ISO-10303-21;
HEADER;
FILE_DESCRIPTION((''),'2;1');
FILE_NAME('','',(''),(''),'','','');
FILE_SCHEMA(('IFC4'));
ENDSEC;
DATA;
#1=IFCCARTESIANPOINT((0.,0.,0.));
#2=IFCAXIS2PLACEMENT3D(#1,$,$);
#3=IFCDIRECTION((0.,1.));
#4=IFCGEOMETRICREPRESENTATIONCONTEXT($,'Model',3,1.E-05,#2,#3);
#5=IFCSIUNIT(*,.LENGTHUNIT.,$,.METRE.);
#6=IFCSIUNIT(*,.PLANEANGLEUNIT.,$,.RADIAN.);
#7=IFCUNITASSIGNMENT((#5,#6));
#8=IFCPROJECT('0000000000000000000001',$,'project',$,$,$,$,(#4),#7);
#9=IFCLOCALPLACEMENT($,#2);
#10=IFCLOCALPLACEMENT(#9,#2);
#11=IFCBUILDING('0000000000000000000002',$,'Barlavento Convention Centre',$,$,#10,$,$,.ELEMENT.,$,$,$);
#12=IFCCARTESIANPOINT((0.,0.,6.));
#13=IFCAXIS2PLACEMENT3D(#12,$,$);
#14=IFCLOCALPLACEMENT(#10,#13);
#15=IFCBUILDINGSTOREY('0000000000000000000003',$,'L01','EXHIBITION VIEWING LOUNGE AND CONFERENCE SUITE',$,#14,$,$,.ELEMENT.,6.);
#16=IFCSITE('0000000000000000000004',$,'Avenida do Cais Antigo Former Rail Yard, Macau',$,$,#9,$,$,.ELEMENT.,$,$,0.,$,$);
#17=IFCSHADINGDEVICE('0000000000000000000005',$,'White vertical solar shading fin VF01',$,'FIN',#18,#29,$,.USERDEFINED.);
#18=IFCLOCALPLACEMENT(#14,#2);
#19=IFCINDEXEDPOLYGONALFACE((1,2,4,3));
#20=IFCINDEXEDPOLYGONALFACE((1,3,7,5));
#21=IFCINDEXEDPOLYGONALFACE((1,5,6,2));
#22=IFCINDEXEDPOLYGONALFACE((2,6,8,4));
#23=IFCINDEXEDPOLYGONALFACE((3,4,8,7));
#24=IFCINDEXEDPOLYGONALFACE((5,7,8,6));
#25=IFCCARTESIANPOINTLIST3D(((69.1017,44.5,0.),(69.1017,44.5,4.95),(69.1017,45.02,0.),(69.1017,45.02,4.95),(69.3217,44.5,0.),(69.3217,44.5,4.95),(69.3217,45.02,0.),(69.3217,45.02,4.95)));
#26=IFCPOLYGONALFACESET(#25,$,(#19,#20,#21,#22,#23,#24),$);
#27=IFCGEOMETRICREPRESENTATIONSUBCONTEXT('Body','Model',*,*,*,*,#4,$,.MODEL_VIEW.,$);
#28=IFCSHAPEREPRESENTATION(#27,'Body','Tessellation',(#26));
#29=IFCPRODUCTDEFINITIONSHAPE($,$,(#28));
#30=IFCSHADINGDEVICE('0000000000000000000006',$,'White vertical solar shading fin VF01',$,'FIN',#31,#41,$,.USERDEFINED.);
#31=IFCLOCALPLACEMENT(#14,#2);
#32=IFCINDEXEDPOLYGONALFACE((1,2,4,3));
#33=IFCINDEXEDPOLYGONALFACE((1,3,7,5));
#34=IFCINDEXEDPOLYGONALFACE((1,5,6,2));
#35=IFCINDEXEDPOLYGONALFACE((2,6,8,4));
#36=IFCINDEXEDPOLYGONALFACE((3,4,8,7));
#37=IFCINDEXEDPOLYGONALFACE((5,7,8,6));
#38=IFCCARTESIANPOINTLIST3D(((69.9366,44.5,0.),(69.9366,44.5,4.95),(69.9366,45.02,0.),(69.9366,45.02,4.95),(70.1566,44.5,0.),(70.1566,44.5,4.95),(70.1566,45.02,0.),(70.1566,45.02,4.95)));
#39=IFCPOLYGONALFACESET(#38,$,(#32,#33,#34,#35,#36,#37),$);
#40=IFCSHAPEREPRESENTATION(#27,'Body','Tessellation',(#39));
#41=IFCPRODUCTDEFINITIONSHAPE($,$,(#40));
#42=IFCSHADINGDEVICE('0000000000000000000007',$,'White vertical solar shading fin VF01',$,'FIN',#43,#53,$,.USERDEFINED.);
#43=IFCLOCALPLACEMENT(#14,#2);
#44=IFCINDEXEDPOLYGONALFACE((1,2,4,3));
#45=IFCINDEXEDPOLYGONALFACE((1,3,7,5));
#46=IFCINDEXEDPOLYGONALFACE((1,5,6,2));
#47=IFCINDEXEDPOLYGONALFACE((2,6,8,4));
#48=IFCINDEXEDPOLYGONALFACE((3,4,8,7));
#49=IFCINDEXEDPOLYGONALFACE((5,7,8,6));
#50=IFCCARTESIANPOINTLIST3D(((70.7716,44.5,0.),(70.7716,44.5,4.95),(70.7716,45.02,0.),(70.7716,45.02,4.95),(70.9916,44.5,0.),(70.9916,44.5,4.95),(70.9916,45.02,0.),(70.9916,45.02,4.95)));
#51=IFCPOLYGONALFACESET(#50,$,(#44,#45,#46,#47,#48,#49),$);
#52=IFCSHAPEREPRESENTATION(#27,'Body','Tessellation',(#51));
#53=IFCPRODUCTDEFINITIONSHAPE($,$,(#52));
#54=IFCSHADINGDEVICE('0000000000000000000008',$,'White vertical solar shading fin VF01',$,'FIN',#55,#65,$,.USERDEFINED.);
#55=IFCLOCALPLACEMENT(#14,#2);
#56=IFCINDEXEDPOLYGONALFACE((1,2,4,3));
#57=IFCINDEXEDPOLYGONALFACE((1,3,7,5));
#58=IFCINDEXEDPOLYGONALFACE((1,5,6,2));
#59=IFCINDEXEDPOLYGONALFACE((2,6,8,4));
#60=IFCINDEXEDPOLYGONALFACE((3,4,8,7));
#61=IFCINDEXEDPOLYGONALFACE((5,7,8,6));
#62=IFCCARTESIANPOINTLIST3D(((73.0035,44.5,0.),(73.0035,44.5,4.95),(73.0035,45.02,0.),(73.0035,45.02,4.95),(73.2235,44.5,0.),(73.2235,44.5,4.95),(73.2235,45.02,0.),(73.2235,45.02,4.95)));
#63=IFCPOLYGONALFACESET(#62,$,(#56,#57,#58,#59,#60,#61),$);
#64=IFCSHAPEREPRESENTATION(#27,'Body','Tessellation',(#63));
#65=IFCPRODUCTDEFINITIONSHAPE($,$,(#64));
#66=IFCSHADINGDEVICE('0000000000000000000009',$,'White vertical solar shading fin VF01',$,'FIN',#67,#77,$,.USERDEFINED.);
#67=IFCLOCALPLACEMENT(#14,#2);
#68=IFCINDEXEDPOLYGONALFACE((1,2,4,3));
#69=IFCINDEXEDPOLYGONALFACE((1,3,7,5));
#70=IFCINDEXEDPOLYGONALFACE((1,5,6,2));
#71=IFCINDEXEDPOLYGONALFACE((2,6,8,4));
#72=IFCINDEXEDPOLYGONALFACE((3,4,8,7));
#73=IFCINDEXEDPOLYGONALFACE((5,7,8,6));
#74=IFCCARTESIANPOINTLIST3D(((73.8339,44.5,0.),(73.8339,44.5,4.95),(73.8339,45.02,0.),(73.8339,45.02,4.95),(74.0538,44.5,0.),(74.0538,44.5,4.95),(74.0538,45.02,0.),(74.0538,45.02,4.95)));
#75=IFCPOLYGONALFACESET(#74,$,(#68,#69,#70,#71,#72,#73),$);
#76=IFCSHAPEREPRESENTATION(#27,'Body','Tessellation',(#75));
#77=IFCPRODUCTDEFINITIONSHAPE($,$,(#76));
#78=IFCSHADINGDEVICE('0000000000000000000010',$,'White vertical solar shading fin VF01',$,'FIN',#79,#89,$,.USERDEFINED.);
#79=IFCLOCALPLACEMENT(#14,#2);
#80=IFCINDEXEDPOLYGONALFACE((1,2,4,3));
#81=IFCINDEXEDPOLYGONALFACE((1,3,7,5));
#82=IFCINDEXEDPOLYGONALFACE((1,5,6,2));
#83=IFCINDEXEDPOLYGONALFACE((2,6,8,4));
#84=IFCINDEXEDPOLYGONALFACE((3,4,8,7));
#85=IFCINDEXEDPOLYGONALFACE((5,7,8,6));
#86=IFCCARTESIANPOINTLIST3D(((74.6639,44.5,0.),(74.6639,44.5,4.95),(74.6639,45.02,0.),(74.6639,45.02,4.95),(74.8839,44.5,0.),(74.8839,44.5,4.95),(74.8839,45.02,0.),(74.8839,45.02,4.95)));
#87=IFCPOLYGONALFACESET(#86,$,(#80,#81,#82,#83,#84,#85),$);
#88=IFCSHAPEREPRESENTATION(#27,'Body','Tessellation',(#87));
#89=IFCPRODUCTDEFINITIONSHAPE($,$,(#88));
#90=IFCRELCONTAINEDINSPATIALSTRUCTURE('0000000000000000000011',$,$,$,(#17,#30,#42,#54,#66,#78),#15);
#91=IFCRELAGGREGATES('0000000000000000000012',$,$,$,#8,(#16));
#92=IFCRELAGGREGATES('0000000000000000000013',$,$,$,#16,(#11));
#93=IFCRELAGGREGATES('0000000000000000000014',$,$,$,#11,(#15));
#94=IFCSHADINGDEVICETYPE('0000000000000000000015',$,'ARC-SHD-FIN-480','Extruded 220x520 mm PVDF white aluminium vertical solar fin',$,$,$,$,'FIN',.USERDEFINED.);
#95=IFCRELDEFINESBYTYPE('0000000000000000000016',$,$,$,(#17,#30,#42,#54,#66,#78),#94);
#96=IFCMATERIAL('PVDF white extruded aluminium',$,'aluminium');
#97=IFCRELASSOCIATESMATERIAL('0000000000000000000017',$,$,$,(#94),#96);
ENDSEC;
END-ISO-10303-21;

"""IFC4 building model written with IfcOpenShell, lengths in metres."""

from ifc_helpers import new_model, si_unit, direction, frame, origin, origin_2d, place, context, subcontext, project, spatial, rectangle, extrude, material, type_object, element, save


model = new_model("IFC4")

# Units and contexts
model_context = context("Model", 3, precision=1e-05, world=origin(), true_north=direction((0.0, 1.0)))
body_context = subcontext(model_context, "Body", "Model", "MODEL_VIEW")
ifc_project = project(units=[si_unit("LENGTHUNIT", "METRE"), si_unit("PLANEANGLEUNIT", "RADIAN")], contexts=[model_context])

# Site, building, storey
site_placement = place(None, origin())
site = spatial("IfcSite", under=ifc_project, at=site_placement, Name="Avenida do Cais Antigo Former Rail Yard, Macau", CompositionType="ELEMENT", RefElevation=0.0)
building_placement = place(site_placement, origin())
building = spatial("IfcBuilding", under=site, at=building_placement, Name="Barlavento Convention Centre", CompositionType="ELEMENT")
storey_placement = place(building_placement, frame((0.0, 0.0, 6.0)))
storey = spatial("IfcBuildingStorey", under=building, at=storey_placement, Name="L01", Description="EXHIBITION VIEWING LOUNGE AND CONFERENCE SUITE", CompositionType="ELEMENT", Elevation=6.0)

# Shading devices
ifc_material_1 = material(Name="PVDF white extruded aluminium", Category="aluminium")
shading_device_type = type_object("IfcShadingDeviceType", Name="ARC-SHD-FIN-480", Description="Extruded 220x520 mm PVDF white aluminium vertical solar fin", ElementType="FIN", PredefinedType="USERDEFINED", material=ifc_material_1)
for number, where, z_axis, x_axis, name in (
    (1, (69.2117, 44.76, 0.0), (0.0, 0.0, 1.0), (1.0, 0.0, 0.0), "White vertical solar shading fin VF01"),
    (2, (70.0466, 44.76, 0.0), (0.0, 0.0, 1.0), (1.0, 0.0, 0.0), "White vertical solar shading fin VF01"),
    (3, (70.8816, 44.76, 0.0), (0.0, 0.0, 1.0), (1.0, 0.0, 0.0), "White vertical solar shading fin VF01"),
    (4, (73.1135, 44.76, 0.0), (0.0, 0.0, 1.0), (1.0, 0.0, 0.0), "White vertical solar shading fin VF01"),
    (5, (73.9438, 44.76, 0.0), (0.0, 0.0, 1.0), (1.0, 0.0, 0.0), "White vertical solar shading fin VF01"),
    (6, (74.7739, 44.76, 0.0), (0.0, 0.0, 1.0), (1.0, 0.0, 0.0), "White vertical solar shading fin VF01"),
):
    element("IfcShadingDevice", number, at=place(storey_placement, frame(where, z_axis=z_axis, x_axis=x_axis)), inside=storey, type_object=shading_device_type, Name=name, ObjectType="FIN", PredefinedType="USERDEFINED", context=body_context, shape_type="SweptSolid", body=[
        extrude(rectangle(XDim=0.22, YDim=0.52, at=origin_2d()), origin(), (0.0, 0.0, 1.0), 4.95),
    ])

save(model, "model.ifc")
